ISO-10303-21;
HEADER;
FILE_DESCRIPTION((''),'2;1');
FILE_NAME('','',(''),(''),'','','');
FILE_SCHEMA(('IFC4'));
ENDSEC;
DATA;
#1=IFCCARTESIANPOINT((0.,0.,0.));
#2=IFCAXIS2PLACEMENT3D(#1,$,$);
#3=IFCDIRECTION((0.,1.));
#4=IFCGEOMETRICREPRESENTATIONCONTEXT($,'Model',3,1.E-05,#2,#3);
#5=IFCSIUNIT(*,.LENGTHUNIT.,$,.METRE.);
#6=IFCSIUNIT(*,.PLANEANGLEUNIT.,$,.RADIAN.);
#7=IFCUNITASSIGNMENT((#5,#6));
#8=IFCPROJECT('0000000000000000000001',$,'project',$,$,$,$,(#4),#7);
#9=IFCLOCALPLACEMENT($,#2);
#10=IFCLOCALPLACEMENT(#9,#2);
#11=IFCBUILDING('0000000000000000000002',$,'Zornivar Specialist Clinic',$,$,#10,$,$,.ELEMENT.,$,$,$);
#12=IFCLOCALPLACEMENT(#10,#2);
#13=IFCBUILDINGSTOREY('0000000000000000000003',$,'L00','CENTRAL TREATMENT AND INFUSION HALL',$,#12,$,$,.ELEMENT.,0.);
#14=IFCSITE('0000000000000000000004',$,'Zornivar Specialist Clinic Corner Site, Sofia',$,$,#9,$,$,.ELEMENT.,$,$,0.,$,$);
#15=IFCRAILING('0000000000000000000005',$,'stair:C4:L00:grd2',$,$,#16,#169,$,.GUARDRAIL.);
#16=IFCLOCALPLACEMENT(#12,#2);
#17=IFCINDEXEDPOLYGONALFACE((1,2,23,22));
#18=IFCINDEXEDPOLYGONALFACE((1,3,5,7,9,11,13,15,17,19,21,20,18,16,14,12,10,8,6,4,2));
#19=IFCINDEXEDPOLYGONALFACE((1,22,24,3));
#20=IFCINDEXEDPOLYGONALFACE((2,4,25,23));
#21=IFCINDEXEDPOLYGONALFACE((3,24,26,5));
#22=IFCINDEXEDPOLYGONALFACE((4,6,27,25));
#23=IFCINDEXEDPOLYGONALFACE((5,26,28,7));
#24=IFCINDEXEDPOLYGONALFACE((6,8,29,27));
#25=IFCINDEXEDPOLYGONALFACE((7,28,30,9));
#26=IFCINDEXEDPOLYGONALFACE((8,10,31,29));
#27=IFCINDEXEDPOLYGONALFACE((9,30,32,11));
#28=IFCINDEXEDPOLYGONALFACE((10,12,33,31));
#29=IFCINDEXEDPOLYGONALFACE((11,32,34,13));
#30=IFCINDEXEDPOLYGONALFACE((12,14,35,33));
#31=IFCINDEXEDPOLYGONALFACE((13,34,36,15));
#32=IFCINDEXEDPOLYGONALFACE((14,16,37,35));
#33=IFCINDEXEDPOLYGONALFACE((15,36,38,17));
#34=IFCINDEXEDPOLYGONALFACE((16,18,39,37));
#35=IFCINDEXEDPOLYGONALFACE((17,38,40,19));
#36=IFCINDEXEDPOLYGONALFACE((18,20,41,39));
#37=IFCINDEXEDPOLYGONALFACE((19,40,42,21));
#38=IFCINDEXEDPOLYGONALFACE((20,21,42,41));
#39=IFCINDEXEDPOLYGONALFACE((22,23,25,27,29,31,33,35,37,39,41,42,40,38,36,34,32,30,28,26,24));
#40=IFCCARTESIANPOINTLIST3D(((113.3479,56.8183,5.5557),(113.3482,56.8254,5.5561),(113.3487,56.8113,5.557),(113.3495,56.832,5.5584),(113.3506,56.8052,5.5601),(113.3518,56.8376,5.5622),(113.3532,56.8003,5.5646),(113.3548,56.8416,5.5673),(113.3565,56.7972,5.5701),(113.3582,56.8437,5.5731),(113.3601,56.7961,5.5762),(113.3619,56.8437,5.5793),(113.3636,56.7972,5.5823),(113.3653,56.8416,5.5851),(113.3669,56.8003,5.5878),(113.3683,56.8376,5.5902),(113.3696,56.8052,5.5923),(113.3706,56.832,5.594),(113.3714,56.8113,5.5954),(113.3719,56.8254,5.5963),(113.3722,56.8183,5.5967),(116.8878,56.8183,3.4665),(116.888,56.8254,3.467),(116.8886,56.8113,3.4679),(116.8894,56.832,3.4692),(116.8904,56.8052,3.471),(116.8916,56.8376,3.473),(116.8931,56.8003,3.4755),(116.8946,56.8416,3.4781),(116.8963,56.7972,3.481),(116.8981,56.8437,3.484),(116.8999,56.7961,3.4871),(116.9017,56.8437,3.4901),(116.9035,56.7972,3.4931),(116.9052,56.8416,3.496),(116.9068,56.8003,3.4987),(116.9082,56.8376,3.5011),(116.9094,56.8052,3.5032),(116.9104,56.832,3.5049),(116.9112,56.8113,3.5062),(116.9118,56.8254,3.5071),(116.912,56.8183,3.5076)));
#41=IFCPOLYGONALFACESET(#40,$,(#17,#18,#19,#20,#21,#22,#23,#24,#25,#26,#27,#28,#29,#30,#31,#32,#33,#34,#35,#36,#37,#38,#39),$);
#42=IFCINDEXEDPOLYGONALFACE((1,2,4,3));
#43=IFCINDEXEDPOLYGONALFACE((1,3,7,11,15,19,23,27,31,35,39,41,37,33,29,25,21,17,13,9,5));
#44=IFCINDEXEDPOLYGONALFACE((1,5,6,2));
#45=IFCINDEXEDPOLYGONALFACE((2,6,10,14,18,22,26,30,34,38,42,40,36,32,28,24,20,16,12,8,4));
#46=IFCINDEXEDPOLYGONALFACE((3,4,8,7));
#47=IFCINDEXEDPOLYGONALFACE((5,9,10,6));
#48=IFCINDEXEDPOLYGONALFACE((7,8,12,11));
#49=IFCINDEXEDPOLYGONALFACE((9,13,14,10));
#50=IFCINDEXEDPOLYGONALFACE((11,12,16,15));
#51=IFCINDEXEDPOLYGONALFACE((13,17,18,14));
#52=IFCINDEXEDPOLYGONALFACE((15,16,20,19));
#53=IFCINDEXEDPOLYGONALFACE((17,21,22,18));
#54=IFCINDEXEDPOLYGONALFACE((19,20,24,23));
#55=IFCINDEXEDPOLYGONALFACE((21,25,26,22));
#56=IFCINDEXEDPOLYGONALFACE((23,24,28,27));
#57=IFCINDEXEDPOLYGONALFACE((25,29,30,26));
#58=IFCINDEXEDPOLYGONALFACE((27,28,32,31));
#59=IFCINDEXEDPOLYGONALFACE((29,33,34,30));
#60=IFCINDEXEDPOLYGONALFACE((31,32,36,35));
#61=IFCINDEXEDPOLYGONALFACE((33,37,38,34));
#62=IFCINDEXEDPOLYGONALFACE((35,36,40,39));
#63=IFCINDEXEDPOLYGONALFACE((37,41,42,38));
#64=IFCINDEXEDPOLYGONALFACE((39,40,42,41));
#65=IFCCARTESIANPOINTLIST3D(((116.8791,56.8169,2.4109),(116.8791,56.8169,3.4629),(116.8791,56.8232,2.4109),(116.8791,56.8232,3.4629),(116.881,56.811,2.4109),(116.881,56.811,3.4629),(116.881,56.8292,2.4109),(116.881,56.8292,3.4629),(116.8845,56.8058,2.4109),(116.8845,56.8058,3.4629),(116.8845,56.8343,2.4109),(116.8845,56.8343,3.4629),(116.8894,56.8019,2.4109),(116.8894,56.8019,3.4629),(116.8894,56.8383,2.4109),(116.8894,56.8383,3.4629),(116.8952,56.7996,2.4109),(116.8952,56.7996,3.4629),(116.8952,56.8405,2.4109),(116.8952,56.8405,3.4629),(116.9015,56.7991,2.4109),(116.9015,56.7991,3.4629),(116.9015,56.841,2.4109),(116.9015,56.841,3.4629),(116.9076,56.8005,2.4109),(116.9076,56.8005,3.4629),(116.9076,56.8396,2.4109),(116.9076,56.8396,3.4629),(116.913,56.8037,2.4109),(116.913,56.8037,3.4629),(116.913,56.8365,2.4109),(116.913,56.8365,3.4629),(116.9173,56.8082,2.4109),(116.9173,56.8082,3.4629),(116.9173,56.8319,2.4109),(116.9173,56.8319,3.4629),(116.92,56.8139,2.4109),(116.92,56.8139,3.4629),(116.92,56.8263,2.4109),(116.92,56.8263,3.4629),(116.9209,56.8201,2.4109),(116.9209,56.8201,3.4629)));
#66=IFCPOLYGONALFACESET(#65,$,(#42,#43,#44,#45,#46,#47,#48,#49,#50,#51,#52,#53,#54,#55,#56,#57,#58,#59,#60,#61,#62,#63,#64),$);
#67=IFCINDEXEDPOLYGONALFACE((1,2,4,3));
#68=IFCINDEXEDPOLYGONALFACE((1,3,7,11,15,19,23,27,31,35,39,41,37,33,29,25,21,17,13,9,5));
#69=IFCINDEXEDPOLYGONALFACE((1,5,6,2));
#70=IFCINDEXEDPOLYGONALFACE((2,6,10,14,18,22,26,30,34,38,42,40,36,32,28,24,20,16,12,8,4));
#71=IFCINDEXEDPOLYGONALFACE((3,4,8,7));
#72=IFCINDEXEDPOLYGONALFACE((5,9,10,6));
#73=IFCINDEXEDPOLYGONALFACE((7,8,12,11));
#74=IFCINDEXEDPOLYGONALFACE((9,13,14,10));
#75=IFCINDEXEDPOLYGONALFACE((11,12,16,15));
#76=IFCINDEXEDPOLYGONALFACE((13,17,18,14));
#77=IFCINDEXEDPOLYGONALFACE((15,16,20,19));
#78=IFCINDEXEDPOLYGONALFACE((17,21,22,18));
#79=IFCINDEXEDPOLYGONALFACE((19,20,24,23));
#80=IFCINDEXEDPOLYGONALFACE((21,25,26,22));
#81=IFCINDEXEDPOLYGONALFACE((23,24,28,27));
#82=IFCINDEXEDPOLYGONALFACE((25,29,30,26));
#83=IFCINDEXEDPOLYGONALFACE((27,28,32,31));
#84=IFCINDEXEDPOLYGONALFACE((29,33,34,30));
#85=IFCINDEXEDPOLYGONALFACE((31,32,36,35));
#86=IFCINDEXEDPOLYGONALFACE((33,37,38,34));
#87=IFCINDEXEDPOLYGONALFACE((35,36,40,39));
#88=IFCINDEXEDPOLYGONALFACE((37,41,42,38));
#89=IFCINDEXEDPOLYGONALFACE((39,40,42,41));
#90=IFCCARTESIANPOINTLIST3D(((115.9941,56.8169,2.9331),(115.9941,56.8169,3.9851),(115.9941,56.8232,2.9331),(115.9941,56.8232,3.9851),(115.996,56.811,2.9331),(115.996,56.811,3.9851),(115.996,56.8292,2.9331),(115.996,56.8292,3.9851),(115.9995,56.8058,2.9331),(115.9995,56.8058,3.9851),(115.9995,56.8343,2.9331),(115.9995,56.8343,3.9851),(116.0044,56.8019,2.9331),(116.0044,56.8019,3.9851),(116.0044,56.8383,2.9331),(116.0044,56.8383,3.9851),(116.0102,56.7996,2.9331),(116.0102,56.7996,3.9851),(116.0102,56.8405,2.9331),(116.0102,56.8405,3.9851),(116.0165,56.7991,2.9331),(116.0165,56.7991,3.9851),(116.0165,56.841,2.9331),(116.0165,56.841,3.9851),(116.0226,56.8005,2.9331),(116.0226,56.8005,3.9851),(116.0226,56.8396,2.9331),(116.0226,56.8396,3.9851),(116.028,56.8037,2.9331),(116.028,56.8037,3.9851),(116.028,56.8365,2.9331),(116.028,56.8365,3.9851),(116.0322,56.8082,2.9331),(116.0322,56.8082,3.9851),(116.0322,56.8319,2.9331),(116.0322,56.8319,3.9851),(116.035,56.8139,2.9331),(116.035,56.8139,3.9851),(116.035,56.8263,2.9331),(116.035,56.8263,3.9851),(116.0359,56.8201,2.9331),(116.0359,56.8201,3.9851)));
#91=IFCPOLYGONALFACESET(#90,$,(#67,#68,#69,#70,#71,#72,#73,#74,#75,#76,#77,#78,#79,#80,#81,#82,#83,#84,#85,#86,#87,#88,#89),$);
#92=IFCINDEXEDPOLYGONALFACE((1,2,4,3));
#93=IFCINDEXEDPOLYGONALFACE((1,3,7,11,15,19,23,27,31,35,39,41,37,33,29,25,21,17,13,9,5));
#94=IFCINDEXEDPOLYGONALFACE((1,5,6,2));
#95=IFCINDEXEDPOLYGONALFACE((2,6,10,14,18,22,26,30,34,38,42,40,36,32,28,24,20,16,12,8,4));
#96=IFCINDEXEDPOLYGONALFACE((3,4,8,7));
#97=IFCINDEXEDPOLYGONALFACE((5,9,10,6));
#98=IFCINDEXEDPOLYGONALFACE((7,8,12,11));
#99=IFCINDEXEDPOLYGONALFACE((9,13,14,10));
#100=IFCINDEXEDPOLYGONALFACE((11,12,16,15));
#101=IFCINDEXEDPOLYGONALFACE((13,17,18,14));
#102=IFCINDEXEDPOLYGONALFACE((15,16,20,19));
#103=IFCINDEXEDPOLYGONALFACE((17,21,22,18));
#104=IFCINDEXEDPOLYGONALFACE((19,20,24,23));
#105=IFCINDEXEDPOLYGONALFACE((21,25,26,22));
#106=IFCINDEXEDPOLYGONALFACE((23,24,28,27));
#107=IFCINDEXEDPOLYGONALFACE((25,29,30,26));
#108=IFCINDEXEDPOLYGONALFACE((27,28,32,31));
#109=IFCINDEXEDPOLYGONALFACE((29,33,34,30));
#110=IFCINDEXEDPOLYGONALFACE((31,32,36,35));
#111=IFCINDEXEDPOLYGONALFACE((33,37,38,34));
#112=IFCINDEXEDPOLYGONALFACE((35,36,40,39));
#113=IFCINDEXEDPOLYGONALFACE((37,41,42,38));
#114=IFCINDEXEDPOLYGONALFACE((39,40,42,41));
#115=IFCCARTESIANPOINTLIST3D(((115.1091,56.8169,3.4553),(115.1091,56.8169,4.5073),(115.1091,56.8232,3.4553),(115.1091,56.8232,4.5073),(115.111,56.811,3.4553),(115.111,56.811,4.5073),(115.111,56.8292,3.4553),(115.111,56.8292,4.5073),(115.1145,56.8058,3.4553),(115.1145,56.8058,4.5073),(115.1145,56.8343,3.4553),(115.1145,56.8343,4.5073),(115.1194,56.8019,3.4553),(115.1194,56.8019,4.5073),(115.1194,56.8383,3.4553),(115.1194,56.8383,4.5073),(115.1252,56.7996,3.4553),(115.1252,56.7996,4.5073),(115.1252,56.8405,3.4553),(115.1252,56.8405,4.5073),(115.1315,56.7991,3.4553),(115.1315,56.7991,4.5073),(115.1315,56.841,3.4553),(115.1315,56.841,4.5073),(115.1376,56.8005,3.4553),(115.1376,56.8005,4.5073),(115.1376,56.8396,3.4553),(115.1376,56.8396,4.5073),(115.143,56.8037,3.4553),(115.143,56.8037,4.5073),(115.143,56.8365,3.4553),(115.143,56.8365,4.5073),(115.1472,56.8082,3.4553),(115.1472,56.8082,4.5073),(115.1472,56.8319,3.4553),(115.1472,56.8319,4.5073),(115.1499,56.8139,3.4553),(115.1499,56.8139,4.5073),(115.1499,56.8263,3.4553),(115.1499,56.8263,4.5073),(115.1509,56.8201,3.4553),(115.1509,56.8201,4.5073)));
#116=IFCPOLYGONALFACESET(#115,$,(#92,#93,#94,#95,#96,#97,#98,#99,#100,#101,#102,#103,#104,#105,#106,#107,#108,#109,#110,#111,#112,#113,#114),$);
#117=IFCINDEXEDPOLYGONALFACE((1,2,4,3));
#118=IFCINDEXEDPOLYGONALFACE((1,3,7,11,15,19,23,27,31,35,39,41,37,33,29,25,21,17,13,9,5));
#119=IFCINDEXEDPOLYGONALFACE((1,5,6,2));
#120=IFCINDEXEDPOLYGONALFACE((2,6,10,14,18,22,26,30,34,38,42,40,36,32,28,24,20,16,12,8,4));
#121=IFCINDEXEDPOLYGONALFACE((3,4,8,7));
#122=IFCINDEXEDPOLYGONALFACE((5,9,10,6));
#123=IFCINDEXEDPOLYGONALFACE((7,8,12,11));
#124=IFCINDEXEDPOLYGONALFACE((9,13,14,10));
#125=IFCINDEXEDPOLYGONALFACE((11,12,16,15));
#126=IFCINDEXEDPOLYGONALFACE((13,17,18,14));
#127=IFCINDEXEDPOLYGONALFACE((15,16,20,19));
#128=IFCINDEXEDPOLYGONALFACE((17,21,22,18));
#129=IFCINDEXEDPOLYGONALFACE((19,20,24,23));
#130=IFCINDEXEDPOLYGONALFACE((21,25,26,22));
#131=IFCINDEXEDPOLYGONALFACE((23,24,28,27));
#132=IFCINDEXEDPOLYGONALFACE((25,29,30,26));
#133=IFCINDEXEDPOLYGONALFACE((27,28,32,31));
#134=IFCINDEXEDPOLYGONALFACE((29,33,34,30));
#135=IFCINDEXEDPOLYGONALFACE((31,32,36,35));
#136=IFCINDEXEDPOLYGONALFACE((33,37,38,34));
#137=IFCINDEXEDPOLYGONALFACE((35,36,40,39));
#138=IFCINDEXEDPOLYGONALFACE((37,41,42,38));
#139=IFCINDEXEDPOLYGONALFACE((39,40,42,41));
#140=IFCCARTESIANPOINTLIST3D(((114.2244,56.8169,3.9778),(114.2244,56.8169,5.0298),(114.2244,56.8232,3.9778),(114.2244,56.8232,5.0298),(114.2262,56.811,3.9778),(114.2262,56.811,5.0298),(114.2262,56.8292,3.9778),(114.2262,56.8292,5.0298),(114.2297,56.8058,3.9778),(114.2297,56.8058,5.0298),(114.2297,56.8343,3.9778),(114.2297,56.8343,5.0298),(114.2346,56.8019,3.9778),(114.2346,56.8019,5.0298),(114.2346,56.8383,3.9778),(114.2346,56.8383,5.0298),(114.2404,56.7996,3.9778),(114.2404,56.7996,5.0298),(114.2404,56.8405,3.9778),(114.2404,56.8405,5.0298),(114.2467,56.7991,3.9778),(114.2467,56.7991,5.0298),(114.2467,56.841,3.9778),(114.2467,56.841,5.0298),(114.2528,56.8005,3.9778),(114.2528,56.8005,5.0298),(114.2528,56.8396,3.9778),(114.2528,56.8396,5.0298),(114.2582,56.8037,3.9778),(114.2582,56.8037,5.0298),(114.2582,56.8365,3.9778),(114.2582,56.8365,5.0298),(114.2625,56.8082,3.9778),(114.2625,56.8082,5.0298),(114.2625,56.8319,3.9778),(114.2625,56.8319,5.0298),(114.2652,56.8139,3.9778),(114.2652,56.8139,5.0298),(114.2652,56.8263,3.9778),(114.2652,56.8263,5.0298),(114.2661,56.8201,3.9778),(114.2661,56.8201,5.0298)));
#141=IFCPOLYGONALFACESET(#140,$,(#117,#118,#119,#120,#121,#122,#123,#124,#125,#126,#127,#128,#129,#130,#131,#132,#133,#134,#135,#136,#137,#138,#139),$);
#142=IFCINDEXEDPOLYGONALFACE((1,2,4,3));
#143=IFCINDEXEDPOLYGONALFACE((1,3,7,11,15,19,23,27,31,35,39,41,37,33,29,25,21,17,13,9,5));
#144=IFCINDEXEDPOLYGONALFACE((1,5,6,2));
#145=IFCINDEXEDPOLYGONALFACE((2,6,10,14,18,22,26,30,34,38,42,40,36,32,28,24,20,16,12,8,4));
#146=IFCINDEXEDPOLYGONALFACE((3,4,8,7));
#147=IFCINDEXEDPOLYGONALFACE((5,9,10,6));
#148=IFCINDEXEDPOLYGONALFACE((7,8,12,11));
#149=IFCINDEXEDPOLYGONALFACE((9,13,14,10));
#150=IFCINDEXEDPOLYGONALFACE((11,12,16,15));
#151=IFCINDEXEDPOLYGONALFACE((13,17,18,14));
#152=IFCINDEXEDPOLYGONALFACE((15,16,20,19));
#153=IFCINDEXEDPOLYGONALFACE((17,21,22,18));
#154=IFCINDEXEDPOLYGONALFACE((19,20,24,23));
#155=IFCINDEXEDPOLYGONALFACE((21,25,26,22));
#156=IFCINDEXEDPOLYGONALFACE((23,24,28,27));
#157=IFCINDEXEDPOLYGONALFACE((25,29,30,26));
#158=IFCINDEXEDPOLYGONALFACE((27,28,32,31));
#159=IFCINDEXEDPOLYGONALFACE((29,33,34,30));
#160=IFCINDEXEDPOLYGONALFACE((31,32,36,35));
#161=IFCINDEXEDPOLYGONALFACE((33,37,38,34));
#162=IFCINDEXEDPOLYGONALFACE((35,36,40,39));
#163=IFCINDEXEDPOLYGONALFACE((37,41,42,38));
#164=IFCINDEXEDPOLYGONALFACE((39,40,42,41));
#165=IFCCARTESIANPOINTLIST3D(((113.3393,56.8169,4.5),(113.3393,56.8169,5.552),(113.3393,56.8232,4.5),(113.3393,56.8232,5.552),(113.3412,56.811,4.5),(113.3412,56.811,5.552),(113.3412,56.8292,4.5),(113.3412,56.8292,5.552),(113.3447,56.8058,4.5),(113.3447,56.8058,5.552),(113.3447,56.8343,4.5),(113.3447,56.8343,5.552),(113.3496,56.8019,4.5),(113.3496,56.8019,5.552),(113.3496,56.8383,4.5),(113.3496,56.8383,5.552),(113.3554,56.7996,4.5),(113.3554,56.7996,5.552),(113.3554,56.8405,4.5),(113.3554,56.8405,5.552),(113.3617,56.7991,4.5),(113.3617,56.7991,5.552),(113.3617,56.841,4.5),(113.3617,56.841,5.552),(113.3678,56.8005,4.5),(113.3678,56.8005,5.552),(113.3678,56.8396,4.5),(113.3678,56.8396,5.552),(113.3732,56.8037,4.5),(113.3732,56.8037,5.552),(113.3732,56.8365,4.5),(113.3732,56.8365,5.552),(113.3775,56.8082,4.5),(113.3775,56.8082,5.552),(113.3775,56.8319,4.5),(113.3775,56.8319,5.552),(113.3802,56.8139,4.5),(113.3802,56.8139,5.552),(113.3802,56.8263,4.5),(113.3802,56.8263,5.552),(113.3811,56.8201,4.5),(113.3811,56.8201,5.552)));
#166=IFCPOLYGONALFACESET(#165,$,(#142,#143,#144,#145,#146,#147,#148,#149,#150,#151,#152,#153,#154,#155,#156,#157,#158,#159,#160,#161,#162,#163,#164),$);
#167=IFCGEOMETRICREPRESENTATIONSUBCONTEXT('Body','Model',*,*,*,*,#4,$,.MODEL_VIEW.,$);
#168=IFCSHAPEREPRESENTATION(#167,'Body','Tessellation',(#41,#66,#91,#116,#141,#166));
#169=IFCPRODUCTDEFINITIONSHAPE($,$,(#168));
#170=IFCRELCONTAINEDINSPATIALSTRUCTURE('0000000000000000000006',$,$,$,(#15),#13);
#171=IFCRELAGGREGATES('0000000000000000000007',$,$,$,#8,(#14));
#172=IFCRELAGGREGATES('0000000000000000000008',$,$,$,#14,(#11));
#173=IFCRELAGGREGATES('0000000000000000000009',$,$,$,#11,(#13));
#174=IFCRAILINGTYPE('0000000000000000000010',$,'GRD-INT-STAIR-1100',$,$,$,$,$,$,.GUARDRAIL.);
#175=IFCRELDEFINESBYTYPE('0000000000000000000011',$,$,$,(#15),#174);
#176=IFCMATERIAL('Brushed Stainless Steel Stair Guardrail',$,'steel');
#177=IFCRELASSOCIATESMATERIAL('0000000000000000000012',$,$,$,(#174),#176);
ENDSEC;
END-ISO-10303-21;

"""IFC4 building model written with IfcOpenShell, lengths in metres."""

from ifc_helpers import new_model, si_unit, direction, frame, origin, origin_2d, place, context, subcontext, project, spatial, circle, extrude, material, type_object, element, save


model = new_model("IFC4")

# Units and contexts
model_context = context("Model", 3, precision=1e-05, world=origin(), true_north=direction((0.0, 1.0)))
body_context = subcontext(model_context, "Body", "Model", "MODEL_VIEW")
ifc_project = project(units=[si_unit("LENGTHUNIT", "METRE"), si_unit("PLANEANGLEUNIT", "RADIAN")], contexts=[model_context])

# Site, building, storey
site_placement = place(None, origin())
site = spatial("IfcSite", under=ifc_project, at=site_placement, Name="Zornivar Specialist Clinic Corner Site, Sofia", CompositionType="ELEMENT", RefElevation=0.0)
building_placement = place(site_placement, origin())
building = spatial("IfcBuilding", under=site, at=building_placement, Name="Zornivar Specialist Clinic", CompositionType="ELEMENT")
storey_placement = place(building_placement, origin())
storey = spatial("IfcBuildingStorey", under=building, at=storey_placement, Name="L00", Description="CENTRAL TREATMENT AND INFUSION HALL", CompositionType="ELEMENT", Elevation=0.0)

# Railing
ifc_material_1 = material(Name="Brushed Stainless Steel Stair Guardrail", Category="steel")
railing_type_1 = type_object("IfcRailingType", Name="GRD-INT-STAIR-1100", PredefinedType="GUARDRAIL", material=ifc_material_1)
railing_1_placement = place(storey_placement, frame((116.8999, 56.8201, 2.4109)))
element("IfcRailing", 1, at=railing_1_placement, inside=storey, type_object=railing_type_1, Name="stair:C4:L00:grd2", PredefinedType="GUARDRAIL", context=body_context, shape_type="SweptSolid", body=[
    extrude(circle(Radius=0.0239, at=origin_2d()), frame((0.0, 0.0, 1.0762), z_axis=(-0.861202, 0.0, 0.508263), x_axis=(0.0, -1.0, 0.0)), (0.0, 0.0, 1.0), 4.1104),
    extrude(circle(Radius=0.021, at=origin_2d()), origin(), (0.0, 0.0, 1.0), 1.052),
    extrude(circle(Radius=0.021, at=origin_2d()), frame((-0.885, 0.0, 0.5222)), (0.0, 0.0, 1.0), 1.052),
    extrude(circle(Radius=0.021, at=origin_2d()), frame((-1.77, 0.0, 1.0444)), (0.0, 0.0, 1.0), 1.052),
    extrude(circle(Radius=0.021, at=origin_2d()), frame((-2.6548, 0.0, 1.5669)), (0.0, 0.0, 1.0), 1.052),
    extrude(circle(Radius=0.021, at=origin_2d()), frame((-3.5398, 0.0, 2.0891)), (0.0, 0.0, 1.0), 1.052),
])

save(model, "model.ifc")
